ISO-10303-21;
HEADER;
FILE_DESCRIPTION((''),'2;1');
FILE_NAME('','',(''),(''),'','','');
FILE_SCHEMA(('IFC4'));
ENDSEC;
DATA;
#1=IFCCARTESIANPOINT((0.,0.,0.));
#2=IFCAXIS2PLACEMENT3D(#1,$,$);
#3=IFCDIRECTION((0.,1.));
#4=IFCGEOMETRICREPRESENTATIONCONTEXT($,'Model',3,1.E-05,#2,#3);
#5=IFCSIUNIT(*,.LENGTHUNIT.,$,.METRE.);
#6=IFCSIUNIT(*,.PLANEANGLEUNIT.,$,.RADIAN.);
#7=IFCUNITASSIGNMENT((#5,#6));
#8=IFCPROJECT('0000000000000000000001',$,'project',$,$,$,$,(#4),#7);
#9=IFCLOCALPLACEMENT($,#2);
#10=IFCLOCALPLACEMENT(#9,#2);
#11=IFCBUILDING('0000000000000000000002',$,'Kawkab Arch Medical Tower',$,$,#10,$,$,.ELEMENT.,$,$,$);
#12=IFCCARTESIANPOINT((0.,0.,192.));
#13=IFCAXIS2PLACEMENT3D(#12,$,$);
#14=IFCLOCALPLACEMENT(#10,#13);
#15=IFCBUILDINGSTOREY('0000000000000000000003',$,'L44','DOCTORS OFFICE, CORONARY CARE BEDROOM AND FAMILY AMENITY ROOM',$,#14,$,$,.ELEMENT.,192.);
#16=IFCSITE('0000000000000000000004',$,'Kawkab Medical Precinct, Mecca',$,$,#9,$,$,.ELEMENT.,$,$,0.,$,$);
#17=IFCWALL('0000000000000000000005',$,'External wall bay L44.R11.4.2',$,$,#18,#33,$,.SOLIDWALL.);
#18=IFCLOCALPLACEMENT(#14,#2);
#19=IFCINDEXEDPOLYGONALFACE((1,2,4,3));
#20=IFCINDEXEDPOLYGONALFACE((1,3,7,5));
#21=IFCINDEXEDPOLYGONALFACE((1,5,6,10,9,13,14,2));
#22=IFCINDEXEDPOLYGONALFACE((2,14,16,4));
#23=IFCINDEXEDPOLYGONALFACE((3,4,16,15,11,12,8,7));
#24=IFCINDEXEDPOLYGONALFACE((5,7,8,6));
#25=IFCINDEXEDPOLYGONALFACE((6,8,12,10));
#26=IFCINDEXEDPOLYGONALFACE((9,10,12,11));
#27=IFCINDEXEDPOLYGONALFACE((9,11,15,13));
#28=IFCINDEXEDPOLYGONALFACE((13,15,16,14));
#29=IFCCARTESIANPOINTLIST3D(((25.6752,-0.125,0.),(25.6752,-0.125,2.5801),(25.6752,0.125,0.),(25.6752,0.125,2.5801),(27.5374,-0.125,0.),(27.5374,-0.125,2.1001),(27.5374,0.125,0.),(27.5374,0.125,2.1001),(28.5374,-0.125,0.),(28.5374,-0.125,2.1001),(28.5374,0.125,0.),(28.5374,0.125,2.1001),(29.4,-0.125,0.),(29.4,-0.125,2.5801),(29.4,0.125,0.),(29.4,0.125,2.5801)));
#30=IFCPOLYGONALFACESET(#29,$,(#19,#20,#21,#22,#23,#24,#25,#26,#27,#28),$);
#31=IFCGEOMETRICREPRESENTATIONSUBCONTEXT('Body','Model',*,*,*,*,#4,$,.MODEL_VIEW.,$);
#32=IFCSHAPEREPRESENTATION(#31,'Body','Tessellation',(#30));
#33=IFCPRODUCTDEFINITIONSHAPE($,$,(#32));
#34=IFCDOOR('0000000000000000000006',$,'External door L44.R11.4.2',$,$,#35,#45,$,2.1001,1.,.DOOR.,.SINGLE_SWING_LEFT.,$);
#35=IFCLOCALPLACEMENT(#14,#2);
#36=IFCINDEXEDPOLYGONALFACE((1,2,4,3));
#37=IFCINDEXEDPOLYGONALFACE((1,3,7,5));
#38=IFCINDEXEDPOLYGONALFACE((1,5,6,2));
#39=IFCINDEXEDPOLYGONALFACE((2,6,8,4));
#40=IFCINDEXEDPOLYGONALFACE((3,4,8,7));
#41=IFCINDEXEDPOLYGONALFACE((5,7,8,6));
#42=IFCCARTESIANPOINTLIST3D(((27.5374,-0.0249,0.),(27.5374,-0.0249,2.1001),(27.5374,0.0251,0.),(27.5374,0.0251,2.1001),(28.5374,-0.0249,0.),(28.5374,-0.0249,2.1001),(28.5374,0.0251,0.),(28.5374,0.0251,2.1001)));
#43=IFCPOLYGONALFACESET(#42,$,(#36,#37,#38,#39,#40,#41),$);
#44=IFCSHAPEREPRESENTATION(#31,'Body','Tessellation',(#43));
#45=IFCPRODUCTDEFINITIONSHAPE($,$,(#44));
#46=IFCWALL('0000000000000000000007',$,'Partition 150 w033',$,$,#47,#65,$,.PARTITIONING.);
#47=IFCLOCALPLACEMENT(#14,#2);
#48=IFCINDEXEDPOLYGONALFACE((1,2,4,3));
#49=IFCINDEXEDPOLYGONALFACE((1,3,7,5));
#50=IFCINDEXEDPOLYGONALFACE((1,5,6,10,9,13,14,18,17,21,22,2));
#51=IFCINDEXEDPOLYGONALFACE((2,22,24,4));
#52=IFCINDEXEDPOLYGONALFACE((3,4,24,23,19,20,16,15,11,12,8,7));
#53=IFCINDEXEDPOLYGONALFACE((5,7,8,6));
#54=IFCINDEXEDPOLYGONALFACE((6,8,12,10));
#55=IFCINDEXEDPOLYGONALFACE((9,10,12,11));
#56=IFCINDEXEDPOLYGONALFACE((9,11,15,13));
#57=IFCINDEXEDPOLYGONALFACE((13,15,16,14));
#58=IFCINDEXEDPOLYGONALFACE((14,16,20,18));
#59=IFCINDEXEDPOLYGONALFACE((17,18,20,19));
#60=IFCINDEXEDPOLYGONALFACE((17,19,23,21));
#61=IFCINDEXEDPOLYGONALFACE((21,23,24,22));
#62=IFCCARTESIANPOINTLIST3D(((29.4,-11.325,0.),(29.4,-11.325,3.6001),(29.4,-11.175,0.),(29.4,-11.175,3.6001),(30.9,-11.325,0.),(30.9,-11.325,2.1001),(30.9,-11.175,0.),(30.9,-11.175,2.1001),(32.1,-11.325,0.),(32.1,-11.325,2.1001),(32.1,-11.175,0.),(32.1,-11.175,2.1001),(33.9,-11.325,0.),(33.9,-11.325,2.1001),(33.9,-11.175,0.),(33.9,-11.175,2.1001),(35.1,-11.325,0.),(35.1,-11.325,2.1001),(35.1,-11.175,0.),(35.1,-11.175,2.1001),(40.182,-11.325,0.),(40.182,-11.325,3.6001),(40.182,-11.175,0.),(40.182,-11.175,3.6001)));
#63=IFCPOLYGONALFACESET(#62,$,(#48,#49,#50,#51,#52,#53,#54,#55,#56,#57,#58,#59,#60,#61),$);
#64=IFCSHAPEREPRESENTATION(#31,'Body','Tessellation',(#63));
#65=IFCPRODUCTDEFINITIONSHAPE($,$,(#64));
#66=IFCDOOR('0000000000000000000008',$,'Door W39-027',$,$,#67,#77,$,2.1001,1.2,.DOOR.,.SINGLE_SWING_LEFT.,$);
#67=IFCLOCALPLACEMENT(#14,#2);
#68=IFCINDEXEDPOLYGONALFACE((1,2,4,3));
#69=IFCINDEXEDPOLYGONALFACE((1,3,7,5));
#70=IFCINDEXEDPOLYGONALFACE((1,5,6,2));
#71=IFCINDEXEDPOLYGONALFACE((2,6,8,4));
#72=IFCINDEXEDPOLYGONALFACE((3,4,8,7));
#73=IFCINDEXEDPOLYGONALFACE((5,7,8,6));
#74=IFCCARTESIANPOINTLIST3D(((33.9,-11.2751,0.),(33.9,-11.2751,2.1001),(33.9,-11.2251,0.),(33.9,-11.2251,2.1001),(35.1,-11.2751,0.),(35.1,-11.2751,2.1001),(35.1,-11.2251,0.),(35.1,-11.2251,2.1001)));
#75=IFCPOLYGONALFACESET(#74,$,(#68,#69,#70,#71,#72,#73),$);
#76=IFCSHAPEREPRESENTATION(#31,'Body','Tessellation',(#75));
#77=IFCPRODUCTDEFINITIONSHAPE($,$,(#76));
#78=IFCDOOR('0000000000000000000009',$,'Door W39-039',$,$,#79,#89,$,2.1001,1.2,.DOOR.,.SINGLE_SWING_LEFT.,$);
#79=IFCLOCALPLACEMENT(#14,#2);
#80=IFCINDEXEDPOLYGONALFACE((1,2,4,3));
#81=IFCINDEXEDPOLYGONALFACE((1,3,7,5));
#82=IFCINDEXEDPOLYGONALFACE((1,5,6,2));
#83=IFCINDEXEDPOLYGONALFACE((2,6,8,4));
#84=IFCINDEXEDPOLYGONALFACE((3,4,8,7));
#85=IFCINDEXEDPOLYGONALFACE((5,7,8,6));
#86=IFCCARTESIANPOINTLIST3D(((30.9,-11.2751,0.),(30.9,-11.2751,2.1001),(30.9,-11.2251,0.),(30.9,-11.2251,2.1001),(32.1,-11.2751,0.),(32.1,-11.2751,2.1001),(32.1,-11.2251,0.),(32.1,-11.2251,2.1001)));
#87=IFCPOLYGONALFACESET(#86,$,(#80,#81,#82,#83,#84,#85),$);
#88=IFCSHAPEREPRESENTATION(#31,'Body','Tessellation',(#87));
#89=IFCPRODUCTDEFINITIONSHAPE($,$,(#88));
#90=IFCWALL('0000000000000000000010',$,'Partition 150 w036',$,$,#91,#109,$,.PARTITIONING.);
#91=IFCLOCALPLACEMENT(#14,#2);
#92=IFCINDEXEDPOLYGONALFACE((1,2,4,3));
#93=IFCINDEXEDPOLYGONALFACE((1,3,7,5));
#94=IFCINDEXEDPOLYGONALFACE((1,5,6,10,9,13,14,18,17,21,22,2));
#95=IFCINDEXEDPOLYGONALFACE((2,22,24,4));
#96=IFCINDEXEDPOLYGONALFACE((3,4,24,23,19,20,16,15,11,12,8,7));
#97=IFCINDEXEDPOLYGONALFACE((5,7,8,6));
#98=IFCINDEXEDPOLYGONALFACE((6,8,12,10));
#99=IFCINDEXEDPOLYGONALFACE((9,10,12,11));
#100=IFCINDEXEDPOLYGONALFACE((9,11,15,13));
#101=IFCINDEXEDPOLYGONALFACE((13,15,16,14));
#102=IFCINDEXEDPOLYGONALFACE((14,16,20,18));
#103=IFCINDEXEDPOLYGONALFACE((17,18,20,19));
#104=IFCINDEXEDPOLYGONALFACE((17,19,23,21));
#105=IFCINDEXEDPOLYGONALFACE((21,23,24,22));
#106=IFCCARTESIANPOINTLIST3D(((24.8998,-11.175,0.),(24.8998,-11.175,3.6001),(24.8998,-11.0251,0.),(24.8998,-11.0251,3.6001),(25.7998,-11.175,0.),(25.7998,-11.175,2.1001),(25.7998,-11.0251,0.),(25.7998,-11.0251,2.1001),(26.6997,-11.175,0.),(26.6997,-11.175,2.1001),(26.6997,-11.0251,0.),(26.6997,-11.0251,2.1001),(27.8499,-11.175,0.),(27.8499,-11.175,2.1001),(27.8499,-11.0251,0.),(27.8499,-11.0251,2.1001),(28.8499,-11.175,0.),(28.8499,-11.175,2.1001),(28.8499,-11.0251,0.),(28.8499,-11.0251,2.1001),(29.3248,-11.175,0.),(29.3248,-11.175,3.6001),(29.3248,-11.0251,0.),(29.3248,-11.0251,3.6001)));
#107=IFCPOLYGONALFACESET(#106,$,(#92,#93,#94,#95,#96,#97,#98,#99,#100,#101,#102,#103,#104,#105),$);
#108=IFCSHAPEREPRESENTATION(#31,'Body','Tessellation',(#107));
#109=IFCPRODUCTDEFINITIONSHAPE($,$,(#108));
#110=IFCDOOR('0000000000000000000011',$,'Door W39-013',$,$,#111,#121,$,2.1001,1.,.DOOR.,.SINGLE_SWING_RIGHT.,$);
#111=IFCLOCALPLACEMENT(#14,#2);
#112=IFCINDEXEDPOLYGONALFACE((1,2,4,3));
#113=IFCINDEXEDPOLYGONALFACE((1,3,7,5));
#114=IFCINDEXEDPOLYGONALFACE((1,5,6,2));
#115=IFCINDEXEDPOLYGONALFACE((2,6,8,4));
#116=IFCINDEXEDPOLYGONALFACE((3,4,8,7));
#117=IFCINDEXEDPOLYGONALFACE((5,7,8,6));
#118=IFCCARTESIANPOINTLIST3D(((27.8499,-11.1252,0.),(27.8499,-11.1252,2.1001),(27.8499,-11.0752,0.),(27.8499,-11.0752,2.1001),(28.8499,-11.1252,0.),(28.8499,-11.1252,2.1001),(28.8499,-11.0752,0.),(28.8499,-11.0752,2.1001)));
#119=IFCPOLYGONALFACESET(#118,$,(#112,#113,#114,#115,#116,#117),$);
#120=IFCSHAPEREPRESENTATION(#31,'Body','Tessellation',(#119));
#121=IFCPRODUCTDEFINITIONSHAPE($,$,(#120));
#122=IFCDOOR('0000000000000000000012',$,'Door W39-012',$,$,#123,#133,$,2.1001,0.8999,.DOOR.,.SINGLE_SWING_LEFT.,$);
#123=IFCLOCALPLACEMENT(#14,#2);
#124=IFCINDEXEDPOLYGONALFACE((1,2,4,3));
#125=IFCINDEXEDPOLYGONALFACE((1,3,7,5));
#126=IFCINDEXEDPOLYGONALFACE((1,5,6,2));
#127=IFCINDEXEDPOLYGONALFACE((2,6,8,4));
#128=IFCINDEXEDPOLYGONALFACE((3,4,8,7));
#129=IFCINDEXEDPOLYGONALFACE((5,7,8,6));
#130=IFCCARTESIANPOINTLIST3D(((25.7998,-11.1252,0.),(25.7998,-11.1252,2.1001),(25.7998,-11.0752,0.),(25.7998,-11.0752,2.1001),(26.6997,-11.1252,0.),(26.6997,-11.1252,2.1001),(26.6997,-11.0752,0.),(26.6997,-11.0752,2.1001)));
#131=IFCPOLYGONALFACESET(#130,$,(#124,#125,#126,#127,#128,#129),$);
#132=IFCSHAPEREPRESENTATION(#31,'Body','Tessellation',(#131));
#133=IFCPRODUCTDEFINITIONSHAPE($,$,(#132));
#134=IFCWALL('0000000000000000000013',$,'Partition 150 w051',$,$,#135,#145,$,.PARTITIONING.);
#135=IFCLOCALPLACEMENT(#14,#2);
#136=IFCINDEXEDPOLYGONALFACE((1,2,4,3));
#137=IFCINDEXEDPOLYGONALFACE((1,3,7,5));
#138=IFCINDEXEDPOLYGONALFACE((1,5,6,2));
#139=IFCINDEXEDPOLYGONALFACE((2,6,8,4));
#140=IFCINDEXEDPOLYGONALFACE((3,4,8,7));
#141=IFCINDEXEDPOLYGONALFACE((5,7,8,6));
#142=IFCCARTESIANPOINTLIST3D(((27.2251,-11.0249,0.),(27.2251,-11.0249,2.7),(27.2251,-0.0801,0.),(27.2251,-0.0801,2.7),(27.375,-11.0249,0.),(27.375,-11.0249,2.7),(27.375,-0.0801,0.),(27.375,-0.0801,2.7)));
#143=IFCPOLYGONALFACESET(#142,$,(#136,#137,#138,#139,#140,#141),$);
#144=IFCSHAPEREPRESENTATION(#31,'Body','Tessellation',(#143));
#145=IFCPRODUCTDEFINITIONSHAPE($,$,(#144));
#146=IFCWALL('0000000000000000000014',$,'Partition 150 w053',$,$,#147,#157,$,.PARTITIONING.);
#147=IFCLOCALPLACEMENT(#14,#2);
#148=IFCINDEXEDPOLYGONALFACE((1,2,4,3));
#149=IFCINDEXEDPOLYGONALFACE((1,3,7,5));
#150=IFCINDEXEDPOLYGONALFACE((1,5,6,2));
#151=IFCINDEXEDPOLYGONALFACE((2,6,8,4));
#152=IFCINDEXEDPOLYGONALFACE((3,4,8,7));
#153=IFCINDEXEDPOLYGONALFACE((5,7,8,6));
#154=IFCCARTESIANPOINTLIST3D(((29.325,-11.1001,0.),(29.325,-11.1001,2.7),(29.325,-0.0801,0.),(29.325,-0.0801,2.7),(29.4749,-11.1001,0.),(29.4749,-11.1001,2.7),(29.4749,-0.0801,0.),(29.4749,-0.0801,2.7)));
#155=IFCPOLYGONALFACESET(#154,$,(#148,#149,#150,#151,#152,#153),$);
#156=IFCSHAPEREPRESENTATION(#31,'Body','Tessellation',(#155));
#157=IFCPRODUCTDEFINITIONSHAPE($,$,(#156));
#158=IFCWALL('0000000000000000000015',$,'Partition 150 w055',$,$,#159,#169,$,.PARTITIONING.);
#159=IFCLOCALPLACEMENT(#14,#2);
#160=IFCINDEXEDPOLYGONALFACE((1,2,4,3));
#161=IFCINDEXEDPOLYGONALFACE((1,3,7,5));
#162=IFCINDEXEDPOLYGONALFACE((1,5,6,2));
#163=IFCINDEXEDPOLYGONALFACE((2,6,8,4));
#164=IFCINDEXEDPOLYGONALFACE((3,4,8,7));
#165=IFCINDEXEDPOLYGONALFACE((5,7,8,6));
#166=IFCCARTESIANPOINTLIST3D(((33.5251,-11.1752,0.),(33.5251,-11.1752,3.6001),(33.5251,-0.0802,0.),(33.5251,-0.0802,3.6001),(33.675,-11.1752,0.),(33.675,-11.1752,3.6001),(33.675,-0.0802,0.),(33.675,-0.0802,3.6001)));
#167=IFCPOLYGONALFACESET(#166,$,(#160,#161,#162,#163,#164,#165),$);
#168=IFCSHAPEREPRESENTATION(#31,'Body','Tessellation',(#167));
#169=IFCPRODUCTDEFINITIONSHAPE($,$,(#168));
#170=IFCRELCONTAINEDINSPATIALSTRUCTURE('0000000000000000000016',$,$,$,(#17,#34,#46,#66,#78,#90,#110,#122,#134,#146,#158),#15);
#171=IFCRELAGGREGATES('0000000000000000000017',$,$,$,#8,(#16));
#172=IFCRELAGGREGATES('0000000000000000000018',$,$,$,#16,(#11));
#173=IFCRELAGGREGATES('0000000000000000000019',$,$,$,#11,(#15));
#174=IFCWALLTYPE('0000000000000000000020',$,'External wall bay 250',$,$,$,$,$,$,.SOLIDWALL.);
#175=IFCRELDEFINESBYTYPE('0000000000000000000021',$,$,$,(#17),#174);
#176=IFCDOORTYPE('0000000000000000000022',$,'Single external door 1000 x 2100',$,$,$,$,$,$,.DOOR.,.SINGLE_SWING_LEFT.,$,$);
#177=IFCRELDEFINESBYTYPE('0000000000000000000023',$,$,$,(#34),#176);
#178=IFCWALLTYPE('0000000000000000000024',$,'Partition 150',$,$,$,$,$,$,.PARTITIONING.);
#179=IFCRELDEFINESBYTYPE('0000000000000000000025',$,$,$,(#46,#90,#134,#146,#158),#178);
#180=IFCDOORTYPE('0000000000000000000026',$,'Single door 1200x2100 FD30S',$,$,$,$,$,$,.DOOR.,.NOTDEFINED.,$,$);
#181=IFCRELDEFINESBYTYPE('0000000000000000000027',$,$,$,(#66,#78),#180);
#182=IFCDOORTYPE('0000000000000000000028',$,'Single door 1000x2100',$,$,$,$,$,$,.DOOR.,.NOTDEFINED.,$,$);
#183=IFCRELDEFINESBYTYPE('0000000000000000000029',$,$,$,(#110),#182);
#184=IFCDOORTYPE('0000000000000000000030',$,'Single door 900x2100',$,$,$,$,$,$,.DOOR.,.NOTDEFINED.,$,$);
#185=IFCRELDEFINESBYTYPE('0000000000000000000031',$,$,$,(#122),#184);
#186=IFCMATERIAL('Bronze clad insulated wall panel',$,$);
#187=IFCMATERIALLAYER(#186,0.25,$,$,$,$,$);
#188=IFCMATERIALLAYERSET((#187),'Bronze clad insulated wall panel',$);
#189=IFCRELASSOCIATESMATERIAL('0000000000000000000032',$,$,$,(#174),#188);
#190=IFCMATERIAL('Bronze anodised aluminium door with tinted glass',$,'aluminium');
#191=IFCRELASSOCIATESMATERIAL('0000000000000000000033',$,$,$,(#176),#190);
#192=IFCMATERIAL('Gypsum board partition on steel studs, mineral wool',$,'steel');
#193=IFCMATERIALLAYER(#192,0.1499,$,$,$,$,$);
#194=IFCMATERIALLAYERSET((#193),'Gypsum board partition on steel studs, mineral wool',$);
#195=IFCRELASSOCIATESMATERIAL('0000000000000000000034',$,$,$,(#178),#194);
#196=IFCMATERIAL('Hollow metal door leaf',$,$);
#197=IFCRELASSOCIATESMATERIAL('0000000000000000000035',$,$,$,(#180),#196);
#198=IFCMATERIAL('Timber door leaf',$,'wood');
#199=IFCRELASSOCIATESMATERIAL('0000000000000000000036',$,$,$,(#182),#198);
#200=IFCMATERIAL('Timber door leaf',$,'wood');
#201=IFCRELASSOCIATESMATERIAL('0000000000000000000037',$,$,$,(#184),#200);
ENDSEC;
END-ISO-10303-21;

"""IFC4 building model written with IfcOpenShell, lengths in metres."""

from ifc_helpers import new_model, si_unit, direction, frame, frame_2d, origin, place, context, subcontext, project, spatial, rectangle, extrude, material, layer, layer_set, type_object, element, fill, save


model = new_model("IFC4")

# Units and contexts
model_context = context("Model", 3, precision=1e-05, world=origin(), true_north=direction((0.0, 1.0)))
body_context = subcontext(model_context, "Body", "Model", "MODEL_VIEW")
ifc_project = project(units=[si_unit("LENGTHUNIT", "METRE"), si_unit("PLANEANGLEUNIT", "RADIAN")], contexts=[model_context])

# Site, building, storey
site_placement = place(None, origin())
site = spatial("IfcSite", under=ifc_project, at=site_placement, Name="Kawkab Medical Precinct, Mecca", CompositionType="ELEMENT", RefElevation=0.0)
building_placement = place(site_placement, origin())
building = spatial("IfcBuilding", under=site, at=building_placement, Name="Kawkab Arch Medical Tower", CompositionType="ELEMENT")
storey_placement = place(building_placement, frame((0.0, 0.0, 192.0)))
storey = spatial("IfcBuildingStorey", under=building, at=storey_placement, Name="L44", Description="DOCTORS OFFICE, CORONARY CARE BEDROOM AND FAMILY AMENITY ROOM", CompositionType="ELEMENT", Elevation=192.0)

# Wall, opening, door
ifc_material_1 = material(Name="Bronze clad insulated wall panel")
ifc_layer_1 = layer(ifc_material_1, 0.25)
ifc_layer_set_1 = layer_set([ifc_layer_1], Name="Bronze clad insulated wall panel")
wall_type_1 = type_object("IfcWallType", Name="External wall bay 250", PredefinedType="SOLIDWALL", material=ifc_layer_set_1)
wall_1_placement = place(storey_placement, frame((29.3999, 0.0, 0.0), z_axis=(0.0, 0.0, 1.0), x_axis=(-1.0, 0.0, 0.0)))
wall_1 = element("IfcWall", 1, at=wall_1_placement, inside=storey, type_object=wall_type_1, Name="External wall bay L44.R11.4.2", PredefinedType="SOLIDWALL", context=body_context, shape_type="SweptSolid", body=[
    extrude(rectangle(XDim=3.7249, YDim=0.25, at=frame_2d((1.8623, 0.0))), origin(), (0.0, 0.0, 1.0), 2.5801),
])
opening_1_placement = place(wall_1_placement, frame((0.8625, 0.0, 0.0)))
opening_1 = element("IfcOpeningElement", 2, at=opening_1_placement, cuts=wall_1, PredefinedType="OPENING", context=body_context, shape_type="SweptSolid", body=[
    extrude(rectangle(XDim=1.0, YDim=2.1001, at=frame_2d((0.5, 1.05))), frame((0.0, 0.135, 0.0), z_axis=(0.0, -1.0, 0.0), x_axis=(1.0, 0.0, 0.0)), (0.0, 0.0, 1.0), 0.27),
])
ifc_material_2 = material(Name="Bronze anodised aluminium door with tinted glass", Category="aluminium")
door_type_1 = type_object("IfcDoorType", Name="Single external door 1000 x 2100", OperationType="SINGLE_SWING_LEFT", PredefinedType="DOOR", material=ifc_material_2)
door_1_placement = place(opening_1_placement, origin())
door_1 = element("IfcDoor", 3, at=door_1_placement, inside=storey, type_object=door_type_1, Name="External door L44.R11.4.2", OperationType="SINGLE_SWING_LEFT", OverallHeight=2.1001, OverallWidth=1.0, PredefinedType="DOOR", context=body_context, shape_type="SweptSolid", body=[
    extrude(rectangle(XDim=1.0, YDim=2.1001, at=frame_2d((0.5, 1.05))), frame((0.0, 0.0249, 0.0), z_axis=(0.0, -1.0, 0.0), x_axis=(1.0, 0.0, 0.0)), (0.0, 0.0, 1.0), 0.05),
])
fill(opening_1, door_1)

# Walls, openings, doors
ifc_material_3 = material(Name="Gypsum board partition on steel studs, mineral wool", Category="steel")
ifc_layer_2 = layer(ifc_material_3, 0.1499)
ifc_layer_set_2 = layer_set([ifc_layer_2], Name="Gypsum board partition on steel studs, mineral wool")
wall_type_2 = type_object("IfcWallType", Name="Partition 150", PredefinedType="PARTITIONING", material=ifc_layer_set_2)
wall_2_placement = place(storey_placement, frame((29.3999, -11.25, 0.0), z_axis=(0.0, 0.0, 1.0), x_axis=(1.0, 0.0, 0.0)))
wall_2 = element("IfcWall", 4, at=wall_2_placement, inside=storey, type_object=wall_type_2, Name="Partition 150 w033", PredefinedType="PARTITIONING", context=body_context, shape_type="SweptSolid", body=[
    extrude(rectangle(XDim=10.782, YDim=0.1499, at=frame_2d((5.3911, 0.0))), origin(), (0.0, 0.0, 1.0), 3.6001),
])
opening_2_placement = place(wall_2_placement, frame((4.5, 0.0, 0.0)))
opening_2 = element("IfcOpeningElement", 5, at=opening_2_placement, cuts=wall_2, PredefinedType="OPENING", context=body_context, shape_type="SweptSolid", body=[
    extrude(rectangle(XDim=1.2, YDim=2.1001, at=frame_2d((0.6001, 1.05))), frame((0.0, 0.085, 0.0), z_axis=(0.0, -1.0, 0.0), x_axis=(1.0, 0.0, 0.0)), (0.0, 0.0, 1.0), 0.1699),
])
opening_3_placement = place(wall_2_placement, frame((1.5, 0.0, 0.0)))
opening_3 = element("IfcOpeningElement", 6, at=opening_3_placement, cuts=wall_2, PredefinedType="OPENING", context=body_context, shape_type="SweptSolid", body=[
    extrude(rectangle(XDim=1.2, YDim=2.1001, at=frame_2d((0.6001, 1.05))), frame((0.0, 0.085, 0.0), z_axis=(0.0, -1.0, 0.0), x_axis=(1.0, 0.0, 0.0)), (0.0, 0.0, 1.0), 0.1699),
])
ifc_material_4 = material(Name="Hollow metal door leaf")
door_type_2 = type_object("IfcDoorType", Name="Single door 1200x2100 FD30S", OperationType="NOTDEFINED", PredefinedType="DOOR", material=ifc_material_4)
door_2_placement = place(opening_2_placement, origin())
door_2 = element("IfcDoor", 7, at=door_2_placement, inside=storey, type_object=door_type_2, Name="Door W39-027", OperationType="SINGLE_SWING_LEFT", OverallHeight=2.1001, OverallWidth=1.2, PredefinedType="DOOR", context=body_context, shape_type="SweptSolid", body=[
    extrude(rectangle(XDim=1.2, YDim=2.1001, at=frame_2d((0.6001, 1.05))), frame((0.0, 0.0249, 0.0), z_axis=(0.0, -1.0, 0.0), x_axis=(1.0, 0.0, 0.0)), (0.0, 0.0, 1.0), 0.05),
])
fill(opening_2, door_2)
door_3_placement = place(opening_3_placement, origin())
door_3 = element("IfcDoor", 8, at=door_3_placement, inside=storey, type_object=door_type_2, Name="Door W39-039", OperationType="SINGLE_SWING_LEFT", OverallHeight=2.1001, OverallWidth=1.2, PredefinedType="DOOR", context=body_context, shape_type="SweptSolid", body=[
    extrude(rectangle(XDim=1.2, YDim=2.1001, at=frame_2d((0.6001, 1.05))), frame((0.0, 0.0249, 0.0), z_axis=(0.0, -1.0, 0.0), x_axis=(1.0, 0.0, 0.0)), (0.0, 0.0, 1.0), 0.05),
])
fill(opening_3, door_3)
wall_3_placement = place(storey_placement, frame((24.8999, -11.1001, 0.0), z_axis=(0.0, 0.0, 1.0), x_axis=(1.0, 0.0, 0.0)))
wall_3 = element("IfcWall", 9, at=wall_3_placement, inside=storey, type_object=wall_type_2, Name="Partition 150 w036", PredefinedType="PARTITIONING", context=body_context, shape_type="SweptSolid", body=[
    extrude(rectangle(XDim=4.425, YDim=0.1499, at=frame_2d((2.2124, 0.0))), origin(), (0.0, 0.0, 1.0), 3.6001),
])
opening_4_placement = place(wall_3_placement, frame((0.8999, 0.0, 0.0)))
opening_4 = element("IfcOpeningElement", 10, at=opening_4_placement, cuts=wall_3, PredefinedType="OPENING", context=body_context, shape_type="SweptSolid", body=[
    extrude(rectangle(XDim=0.8999, YDim=2.1001, at=frame_2d((0.45, 1.05))), frame((0.0, 0.085, 0.0), z_axis=(0.0, -1.0, 0.0), x_axis=(1.0, 0.0, 0.0)), (0.0, 0.0, 1.0), 0.1699),
])
opening_5_placement = place(wall_3_placement, frame((2.95, 0.0, 0.0)))
opening_5 = element("IfcOpeningElement", 11, at=opening_5_placement, cuts=wall_3, PredefinedType="OPENING", context=body_context, shape_type="SweptSolid", body=[
    extrude(rectangle(XDim=1.0, YDim=2.1001, at=frame_2d((0.5, 1.05))), frame((0.0, 0.085, 0.0), z_axis=(0.0, -1.0, 0.0), x_axis=(1.0, 0.0, 0.0)), (0.0, 0.0, 1.0), 0.1699),
])
ifc_material_5 = material(Name="Timber door leaf", Category="wood")
door_type_3 = type_object("IfcDoorType", Name="Single door 1000x2100", OperationType="NOTDEFINED", PredefinedType="DOOR", material=ifc_material_5)
door_4_placement = place(opening_5_placement, origin())
door_4 = element("IfcDoor", 12, at=door_4_placement, inside=storey, type_object=door_type_3, Name="Door W39-013", OperationType="SINGLE_SWING_RIGHT", OverallHeight=2.1001, OverallWidth=1.0, PredefinedType="DOOR", context=body_context, shape_type="SweptSolid", body=[
    extrude(rectangle(XDim=1.0, YDim=2.1001, at=frame_2d((0.5, 1.05))), frame((0.0, 0.0249, 0.0), z_axis=(0.0, -1.0, 0.0), x_axis=(1.0, 0.0, 0.0)), (0.0, 0.0, 1.0), 0.05),
])
fill(opening_5, door_4)
ifc_material_6 = material(Name="Timber door leaf", Category="wood")
door_type_4 = type_object("IfcDoorType", Name="Single door 900x2100", OperationType="NOTDEFINED", PredefinedType="DOOR", material=ifc_material_6)
door_5_placement = place(opening_4_placement, origin())
door_5 = element("IfcDoor", 13, at=door_5_placement, inside=storey, type_object=door_type_4, Name="Door W39-012", OperationType="SINGLE_SWING_LEFT", OverallHeight=2.1001, OverallWidth=0.8999, PredefinedType="DOOR", context=body_context, shape_type="SweptSolid", body=[
    extrude(rectangle(XDim=0.8999, YDim=2.1001, at=frame_2d((0.45, 1.05))), frame((0.0, 0.0249, 0.0), z_axis=(0.0, -1.0, 0.0), x_axis=(1.0, 0.0, 0.0)), (0.0, 0.0, 1.0), 0.05),
])
fill(opening_4, door_5)

# Walls
wall_4_placement = place(storey_placement, frame((27.3, -11.0249, 0.0), z_axis=(0.0, 0.0, 1.0), x_axis=(0.0, 1.0, 0.0)))
element("IfcWall", 14, at=wall_4_placement, inside=storey, type_object=wall_type_2, Name="Partition 150 w051", PredefinedType="PARTITIONING", context=body_context, shape_type="SweptSolid", body=[
    extrude(rectangle(XDim=10.9448, YDim=0.1499, at=frame_2d((5.4724, 0.0))), origin(), (0.0, 0.0, 1.0), 2.7),
])
wall_5_placement = place(storey_placement, frame((29.3999, -11.1001, 0.0), z_axis=(0.0, 0.0, 1.0), x_axis=(0.0, 1.0, 0.0)))
element("IfcWall", 15, at=wall_5_placement, inside=storey, type_object=wall_type_2, Name="Partition 150 w053", PredefinedType="PARTITIONING", context=body_context, shape_type="SweptSolid", body=[
    extrude(rectangle(XDim=11.02, YDim=0.1499, at=frame_2d((5.51, 0.0))), origin(), (0.0, 0.0, 1.0), 2.7),
])
wall_6_placement = place(storey_placement, frame((33.6001, -11.175, 0.0), z_axis=(0.0, 0.0, 1.0), x_axis=(0.0, 1.0, 0.0)))
element("IfcWall", 16, at=wall_6_placement, inside=storey, type_object=wall_type_2, Name="Partition 150 w055", PredefinedType="PARTITIONING", context=body_context, shape_type="SweptSolid", body=[
    extrude(rectangle(XDim=11.095, YDim=0.1499, at=frame_2d((5.5474, 0.0))), origin(), (0.0, 0.0, 1.0), 3.6001),
])

save(model, "model.ifc")
